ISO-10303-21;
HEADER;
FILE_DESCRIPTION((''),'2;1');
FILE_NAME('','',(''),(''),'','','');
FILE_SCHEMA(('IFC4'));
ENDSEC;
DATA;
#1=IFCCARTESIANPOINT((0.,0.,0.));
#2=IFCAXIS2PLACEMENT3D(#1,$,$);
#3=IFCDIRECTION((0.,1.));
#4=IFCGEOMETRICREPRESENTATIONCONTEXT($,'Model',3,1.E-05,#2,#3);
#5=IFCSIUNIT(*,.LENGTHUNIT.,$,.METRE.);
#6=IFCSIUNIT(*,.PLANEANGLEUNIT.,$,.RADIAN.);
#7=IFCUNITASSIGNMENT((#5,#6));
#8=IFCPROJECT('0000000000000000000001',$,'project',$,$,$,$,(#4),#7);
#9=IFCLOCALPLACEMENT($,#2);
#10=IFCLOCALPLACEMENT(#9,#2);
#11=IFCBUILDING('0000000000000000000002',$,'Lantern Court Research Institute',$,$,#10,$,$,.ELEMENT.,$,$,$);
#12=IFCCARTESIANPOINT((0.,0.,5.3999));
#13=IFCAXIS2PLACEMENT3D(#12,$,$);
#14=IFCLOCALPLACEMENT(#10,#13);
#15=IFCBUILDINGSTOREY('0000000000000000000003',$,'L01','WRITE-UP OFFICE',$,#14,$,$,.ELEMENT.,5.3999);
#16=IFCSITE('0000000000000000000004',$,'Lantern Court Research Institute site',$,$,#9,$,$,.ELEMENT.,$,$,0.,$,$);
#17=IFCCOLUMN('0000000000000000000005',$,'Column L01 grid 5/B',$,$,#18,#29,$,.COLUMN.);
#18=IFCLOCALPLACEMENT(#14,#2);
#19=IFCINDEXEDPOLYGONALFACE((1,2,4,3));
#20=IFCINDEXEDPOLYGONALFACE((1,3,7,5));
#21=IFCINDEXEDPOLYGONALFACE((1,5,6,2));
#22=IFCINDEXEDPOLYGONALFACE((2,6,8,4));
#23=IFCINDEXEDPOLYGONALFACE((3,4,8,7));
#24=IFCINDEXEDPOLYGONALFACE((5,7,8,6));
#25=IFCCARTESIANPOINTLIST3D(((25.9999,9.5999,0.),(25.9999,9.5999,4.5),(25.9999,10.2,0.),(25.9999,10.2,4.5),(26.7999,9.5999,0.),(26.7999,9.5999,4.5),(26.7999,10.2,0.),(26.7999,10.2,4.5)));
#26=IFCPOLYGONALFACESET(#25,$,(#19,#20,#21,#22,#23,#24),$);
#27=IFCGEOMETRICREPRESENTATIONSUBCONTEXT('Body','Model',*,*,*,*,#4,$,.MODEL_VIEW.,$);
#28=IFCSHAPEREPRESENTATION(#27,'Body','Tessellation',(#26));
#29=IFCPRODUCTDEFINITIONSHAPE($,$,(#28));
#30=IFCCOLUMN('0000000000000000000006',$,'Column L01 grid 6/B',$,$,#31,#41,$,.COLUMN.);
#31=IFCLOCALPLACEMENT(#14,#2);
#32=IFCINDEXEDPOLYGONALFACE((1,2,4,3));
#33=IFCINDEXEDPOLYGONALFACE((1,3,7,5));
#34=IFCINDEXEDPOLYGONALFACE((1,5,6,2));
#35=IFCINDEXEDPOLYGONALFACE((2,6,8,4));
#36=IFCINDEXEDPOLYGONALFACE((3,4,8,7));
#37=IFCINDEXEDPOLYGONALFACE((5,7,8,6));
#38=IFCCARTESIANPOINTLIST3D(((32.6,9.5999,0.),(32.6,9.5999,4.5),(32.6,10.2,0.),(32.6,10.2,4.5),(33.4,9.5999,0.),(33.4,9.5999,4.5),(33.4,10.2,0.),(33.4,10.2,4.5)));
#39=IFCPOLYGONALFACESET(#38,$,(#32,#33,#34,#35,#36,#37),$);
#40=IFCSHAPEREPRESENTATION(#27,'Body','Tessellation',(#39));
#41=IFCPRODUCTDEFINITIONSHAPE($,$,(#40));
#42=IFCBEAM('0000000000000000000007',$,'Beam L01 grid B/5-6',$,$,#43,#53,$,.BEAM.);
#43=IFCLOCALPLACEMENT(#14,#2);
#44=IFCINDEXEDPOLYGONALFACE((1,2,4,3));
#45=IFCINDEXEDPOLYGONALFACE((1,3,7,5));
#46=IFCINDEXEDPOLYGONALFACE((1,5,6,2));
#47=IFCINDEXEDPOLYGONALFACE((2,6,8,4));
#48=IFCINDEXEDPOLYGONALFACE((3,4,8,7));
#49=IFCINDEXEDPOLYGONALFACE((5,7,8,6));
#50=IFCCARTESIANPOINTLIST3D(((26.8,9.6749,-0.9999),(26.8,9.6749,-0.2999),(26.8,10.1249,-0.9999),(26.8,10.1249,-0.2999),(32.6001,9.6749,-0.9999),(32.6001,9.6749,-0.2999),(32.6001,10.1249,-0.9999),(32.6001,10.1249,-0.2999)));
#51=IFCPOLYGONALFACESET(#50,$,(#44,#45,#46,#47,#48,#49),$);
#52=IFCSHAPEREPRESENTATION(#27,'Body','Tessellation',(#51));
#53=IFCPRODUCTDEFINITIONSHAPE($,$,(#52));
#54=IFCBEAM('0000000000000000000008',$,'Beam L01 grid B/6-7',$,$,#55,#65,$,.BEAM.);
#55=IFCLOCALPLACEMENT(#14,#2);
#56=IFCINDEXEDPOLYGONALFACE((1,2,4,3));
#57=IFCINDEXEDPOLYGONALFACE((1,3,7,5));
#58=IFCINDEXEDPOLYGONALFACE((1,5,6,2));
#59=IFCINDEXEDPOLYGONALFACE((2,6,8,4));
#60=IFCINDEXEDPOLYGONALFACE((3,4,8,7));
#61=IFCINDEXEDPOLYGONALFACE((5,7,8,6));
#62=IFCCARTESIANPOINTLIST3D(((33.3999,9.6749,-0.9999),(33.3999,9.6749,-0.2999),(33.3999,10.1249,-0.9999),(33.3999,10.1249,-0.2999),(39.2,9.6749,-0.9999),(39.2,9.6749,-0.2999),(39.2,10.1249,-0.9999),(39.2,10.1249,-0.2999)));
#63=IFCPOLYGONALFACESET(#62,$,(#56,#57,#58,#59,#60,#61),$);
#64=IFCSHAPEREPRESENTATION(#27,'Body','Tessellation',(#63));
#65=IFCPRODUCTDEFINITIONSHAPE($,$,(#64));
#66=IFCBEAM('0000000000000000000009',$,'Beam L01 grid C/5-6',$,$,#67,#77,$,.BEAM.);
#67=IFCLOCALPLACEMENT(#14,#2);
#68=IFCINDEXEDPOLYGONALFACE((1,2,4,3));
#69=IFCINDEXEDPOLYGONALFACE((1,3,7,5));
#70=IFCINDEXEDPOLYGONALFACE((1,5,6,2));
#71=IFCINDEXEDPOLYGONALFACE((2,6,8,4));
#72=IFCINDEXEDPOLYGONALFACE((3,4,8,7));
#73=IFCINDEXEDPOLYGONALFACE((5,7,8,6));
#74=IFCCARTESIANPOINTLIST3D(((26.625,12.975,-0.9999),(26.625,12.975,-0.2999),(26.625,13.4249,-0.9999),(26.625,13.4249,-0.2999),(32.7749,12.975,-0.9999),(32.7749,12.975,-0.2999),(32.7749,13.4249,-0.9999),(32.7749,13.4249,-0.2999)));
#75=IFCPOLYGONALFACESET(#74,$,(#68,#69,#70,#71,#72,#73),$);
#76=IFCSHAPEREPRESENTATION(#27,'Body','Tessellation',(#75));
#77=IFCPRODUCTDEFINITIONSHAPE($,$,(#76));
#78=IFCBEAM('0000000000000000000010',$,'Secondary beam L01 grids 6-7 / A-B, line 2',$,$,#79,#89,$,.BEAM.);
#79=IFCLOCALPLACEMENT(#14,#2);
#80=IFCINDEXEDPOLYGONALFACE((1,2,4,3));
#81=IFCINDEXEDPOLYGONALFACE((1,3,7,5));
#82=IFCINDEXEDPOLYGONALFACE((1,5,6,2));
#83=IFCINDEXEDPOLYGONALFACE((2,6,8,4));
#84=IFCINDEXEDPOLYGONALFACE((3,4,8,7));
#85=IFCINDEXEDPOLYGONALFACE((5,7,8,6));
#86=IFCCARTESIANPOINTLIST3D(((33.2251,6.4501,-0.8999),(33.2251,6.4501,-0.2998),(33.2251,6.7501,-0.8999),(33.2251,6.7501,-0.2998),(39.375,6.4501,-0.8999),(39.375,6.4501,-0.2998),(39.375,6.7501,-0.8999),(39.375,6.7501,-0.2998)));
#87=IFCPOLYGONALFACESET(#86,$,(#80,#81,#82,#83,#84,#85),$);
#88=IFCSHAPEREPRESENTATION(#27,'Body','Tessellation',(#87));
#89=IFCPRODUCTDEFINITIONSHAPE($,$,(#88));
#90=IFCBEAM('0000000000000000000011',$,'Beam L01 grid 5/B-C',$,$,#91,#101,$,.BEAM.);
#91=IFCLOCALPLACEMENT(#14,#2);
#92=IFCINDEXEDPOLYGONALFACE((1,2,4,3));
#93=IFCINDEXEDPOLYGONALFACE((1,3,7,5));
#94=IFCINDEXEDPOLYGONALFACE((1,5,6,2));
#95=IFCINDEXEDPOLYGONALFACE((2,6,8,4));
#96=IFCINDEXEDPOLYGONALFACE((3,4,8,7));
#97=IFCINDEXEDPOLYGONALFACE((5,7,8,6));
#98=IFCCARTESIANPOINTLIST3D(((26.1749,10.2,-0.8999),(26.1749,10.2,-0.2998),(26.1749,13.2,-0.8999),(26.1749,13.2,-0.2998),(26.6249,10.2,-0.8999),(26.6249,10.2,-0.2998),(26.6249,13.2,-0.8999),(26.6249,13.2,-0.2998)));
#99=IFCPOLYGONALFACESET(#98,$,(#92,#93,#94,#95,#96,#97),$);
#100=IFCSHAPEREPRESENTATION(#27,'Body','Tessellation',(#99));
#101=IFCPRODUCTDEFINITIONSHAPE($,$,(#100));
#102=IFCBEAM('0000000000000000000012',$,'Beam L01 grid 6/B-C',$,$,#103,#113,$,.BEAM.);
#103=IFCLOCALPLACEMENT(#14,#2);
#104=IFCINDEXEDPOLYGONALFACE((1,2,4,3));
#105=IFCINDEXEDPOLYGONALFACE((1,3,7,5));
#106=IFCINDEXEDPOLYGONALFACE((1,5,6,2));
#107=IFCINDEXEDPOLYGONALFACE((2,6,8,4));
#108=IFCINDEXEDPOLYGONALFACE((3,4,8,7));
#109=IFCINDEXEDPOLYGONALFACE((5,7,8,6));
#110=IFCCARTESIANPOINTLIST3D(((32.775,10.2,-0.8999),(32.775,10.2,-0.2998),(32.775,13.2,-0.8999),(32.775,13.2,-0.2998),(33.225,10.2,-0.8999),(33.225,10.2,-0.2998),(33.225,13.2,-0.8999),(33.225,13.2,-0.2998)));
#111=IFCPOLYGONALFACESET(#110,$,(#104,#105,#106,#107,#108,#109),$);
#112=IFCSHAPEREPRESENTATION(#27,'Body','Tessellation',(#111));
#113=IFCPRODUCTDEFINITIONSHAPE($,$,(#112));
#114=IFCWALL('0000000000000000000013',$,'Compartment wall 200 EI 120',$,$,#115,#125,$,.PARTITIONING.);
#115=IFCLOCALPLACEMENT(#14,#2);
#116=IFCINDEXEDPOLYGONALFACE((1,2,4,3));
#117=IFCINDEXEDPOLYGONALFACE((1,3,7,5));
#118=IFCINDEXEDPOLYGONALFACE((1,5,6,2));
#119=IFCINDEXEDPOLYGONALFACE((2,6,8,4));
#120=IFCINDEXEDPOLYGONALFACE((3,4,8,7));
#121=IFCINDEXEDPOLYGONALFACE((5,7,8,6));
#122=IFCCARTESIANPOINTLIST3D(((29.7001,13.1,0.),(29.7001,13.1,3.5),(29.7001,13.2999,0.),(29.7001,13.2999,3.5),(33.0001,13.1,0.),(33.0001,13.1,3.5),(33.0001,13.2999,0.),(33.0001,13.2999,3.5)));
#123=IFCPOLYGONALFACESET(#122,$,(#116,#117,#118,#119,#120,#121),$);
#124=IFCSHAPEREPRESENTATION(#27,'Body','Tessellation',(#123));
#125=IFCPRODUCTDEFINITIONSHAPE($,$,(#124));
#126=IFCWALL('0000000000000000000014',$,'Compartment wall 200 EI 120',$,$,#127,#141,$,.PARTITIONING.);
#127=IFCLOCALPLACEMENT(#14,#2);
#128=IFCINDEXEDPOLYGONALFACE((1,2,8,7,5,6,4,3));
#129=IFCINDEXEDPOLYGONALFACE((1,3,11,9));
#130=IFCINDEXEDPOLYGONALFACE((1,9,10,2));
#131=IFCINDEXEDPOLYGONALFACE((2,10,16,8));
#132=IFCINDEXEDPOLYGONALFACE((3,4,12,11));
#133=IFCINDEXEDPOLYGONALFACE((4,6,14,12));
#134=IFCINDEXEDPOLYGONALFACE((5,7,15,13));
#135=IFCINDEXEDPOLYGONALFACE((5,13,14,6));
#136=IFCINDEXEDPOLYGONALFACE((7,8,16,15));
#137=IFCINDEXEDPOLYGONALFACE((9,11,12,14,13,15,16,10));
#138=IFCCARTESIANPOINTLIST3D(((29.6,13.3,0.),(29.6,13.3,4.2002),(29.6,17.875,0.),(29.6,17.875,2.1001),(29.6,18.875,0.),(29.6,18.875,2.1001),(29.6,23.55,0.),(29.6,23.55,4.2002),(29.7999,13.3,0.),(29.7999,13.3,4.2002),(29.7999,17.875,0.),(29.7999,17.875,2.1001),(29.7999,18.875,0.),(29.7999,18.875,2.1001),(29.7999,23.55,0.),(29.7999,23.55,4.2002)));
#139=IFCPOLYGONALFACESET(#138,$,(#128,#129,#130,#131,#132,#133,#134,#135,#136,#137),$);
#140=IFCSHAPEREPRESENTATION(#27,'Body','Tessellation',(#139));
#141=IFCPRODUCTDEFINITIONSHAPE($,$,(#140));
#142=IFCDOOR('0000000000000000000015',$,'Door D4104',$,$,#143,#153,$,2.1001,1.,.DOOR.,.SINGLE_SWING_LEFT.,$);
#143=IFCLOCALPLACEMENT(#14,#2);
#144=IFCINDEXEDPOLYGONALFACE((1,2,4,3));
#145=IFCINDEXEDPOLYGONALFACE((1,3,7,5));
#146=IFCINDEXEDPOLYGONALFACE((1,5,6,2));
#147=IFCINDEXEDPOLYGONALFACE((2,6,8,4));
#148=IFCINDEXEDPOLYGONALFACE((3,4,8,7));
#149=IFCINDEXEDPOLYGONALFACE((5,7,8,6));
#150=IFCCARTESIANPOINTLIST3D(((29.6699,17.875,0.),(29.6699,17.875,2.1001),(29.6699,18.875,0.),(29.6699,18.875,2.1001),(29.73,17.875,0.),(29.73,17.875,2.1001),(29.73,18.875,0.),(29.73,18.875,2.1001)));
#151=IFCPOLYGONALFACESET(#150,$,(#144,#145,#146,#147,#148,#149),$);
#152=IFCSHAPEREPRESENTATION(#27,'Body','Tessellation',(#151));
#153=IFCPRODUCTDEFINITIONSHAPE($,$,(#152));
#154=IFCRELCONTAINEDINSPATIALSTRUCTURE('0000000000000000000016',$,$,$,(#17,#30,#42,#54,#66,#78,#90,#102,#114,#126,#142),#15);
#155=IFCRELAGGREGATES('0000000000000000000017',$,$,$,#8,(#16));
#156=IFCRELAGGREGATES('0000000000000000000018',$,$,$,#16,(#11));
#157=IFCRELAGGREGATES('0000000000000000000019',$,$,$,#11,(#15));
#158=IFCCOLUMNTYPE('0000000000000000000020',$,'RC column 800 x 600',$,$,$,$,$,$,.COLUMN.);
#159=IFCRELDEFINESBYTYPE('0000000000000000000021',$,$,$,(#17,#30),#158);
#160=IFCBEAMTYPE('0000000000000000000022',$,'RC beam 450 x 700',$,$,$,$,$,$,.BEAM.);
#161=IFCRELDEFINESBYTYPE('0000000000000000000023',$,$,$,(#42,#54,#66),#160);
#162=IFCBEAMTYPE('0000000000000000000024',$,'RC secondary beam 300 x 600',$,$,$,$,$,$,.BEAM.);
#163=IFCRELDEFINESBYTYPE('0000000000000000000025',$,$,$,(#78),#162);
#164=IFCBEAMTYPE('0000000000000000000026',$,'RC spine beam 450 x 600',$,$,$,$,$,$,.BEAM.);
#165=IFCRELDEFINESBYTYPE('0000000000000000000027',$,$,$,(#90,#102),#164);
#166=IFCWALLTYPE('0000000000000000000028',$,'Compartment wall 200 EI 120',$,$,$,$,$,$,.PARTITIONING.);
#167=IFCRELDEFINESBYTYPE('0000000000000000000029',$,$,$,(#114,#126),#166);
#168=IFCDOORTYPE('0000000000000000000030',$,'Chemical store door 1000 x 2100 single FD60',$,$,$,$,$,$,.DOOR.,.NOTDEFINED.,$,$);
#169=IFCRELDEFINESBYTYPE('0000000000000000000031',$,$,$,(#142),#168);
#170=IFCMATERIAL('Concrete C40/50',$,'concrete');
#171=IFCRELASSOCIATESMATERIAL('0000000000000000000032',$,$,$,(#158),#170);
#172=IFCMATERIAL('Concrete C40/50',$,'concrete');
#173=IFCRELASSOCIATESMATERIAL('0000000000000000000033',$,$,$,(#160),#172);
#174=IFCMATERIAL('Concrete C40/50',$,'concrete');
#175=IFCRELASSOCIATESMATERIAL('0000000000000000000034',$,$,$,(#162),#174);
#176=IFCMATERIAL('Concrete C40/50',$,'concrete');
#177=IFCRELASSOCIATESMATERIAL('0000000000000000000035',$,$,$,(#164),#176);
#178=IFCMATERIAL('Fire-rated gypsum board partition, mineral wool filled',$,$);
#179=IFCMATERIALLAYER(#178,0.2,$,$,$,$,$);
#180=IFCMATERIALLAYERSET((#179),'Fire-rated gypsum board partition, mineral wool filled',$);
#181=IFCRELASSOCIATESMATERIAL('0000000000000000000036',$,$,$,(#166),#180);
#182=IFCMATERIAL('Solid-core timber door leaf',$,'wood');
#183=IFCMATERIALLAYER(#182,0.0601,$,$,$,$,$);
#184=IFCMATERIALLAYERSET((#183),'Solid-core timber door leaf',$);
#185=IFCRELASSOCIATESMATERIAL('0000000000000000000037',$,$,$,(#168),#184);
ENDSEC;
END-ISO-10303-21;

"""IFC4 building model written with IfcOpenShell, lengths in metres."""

from ifc_helpers import new_model, si_unit, direction, frame, frame_2d, origin, origin_2d, place, context, subcontext, project, spatial, rectangle, extrude, material, layer, layer_set, material_profile, profile_set, type_object, element, fill, save


model = new_model("IFC4")

# Units and contexts
model_context = context("Model", 3, precision=1e-05, world=origin(), true_north=direction((0.0, 1.0)))
body_context = subcontext(model_context, "Body", "Model", "MODEL_VIEW")
ifc_project = project(units=[si_unit("LENGTHUNIT", "METRE"), si_unit("PLANEANGLEUNIT", "RADIAN")], contexts=[model_context])

# Site, building, storey
site_placement = place(None, origin())
site = spatial("IfcSite", under=ifc_project, at=site_placement, Name="Lantern Court Research Institute site", CompositionType="ELEMENT", RefElevation=0.0)
building_placement = place(site_placement, origin())
building = spatial("IfcBuilding", under=site, at=building_placement, Name="Lantern Court Research Institute", CompositionType="ELEMENT")
storey_placement = place(building_placement, frame((0.0, 0.0, 5.3999)))
storey = spatial("IfcBuildingStorey", under=building, at=storey_placement, Name="L01", Description="WRITE-UP OFFICE", CompositionType="ELEMENT", Elevation=5.3999)

# Columns
ifc_material_1 = material(Name="Concrete C40/50", Category="concrete")
ifc_material_profile_1 = material_profile(ifc_material_1, rectangle(XDim=0.8, YDim=0.6001, at=origin_2d()), Name="RC column 800 x 600")
ifc_profile_set_1 = profile_set([ifc_material_profile_1], Name="Concrete C40/50")
column_type = type_object("IfcColumnType", Name="RC column 800 x 600", PredefinedType="COLUMN", material=ifc_profile_set_1)
for number, where, z_axis, x_axis, name in (
    (1, (26.3999, 9.8999, 0.0), (0.0, 0.0, 1.0), (1.0, 0.0, 0.0), "Column L01 grid 5/B"),
    (2, (33.0, 9.8999, 0.0), (0.0, 0.0, 1.0), (1.0, 0.0, 0.0), "Column L01 grid 6/B"),
):
    element("IfcColumn", number, at=place(storey_placement, frame(where, z_axis=z_axis, x_axis=x_axis)), inside=storey, type_object=column_type, Name=name, PredefinedType="COLUMN", context=body_context, shape_type="SweptSolid", body=[
        extrude(rectangle(XDim=0.8, YDim=0.6001, at=origin_2d()), origin(), (0.0, 0.0, 1.0), 4.5),
    ])

# Beams
ifc_material_2 = material(Name="Concrete C40/50", Category="concrete")
ifc_material_profile_2 = material_profile(ifc_material_2, rectangle(XDim=0.45, YDim=0.7, at=origin_2d()), Name="RC beam 450 x 700")
ifc_profile_set_2 = profile_set([ifc_material_profile_2], Name="Concrete C40/50")
beam_type_1 = type_object("IfcBeamType", Name="RC beam 450 x 700", PredefinedType="BEAM", material=ifc_profile_set_2)
for number, where, z_axis, x_axis, name in (
    (3, (26.8, 9.8999, -0.6499), (1.0, 0.0, 0.0), (0.0, 1.0, 0.0), "Beam L01 grid B/5-6"),
    (4, (33.3999, 9.8999, -0.6499), (1.0, 0.0, 0.0), (0.0, 1.0, 0.0), "Beam L01 grid B/6-7"),
):
    element("IfcBeam", number, at=place(storey_placement, frame(where, z_axis=z_axis, x_axis=x_axis)), inside=storey, type_object=beam_type_1, Name=name, PredefinedType="BEAM", context=body_context, shape_type="SweptSolid", body=[
        extrude(rectangle(XDim=0.45, YDim=0.7, at=origin_2d()), origin(), (0.0, 0.0, 1.0), 5.8),
    ])
beam_1_placement = place(storey_placement, frame((26.625, 13.2, -0.6499), z_axis=(1.0, 0.0, 0.0), x_axis=(0.0, 1.0, 0.0)))
element("IfcBeam", 5, at=beam_1_placement, inside=storey, type_object=beam_type_1, Name="Beam L01 grid C/5-6", PredefinedType="BEAM", context=body_context, shape_type="SweptSolid", body=[
    extrude(rectangle(XDim=0.45, YDim=0.7, at=origin_2d()), origin(), (0.0, 0.0, 1.0), 6.1499),
])
ifc_material_3 = material(Name="Concrete C40/50", Category="concrete")
ifc_material_profile_3 = material_profile(ifc_material_3, rectangle(XDim=0.3, YDim=0.6001, at=origin_2d()), Name="RC beam 300 x 600")
ifc_profile_set_3 = profile_set([ifc_material_profile_3], Name="Concrete C40/50")
beam_type_2 = type_object("IfcBeamType", Name="RC secondary beam 300 x 600", PredefinedType="BEAM", material=ifc_profile_set_3)
beam_2_placement = place(storey_placement, frame((33.2251, 6.6001, -0.5999), z_axis=(1.0, 0.0, 0.0), x_axis=(0.0, 1.0, 0.0)))
element("IfcBeam", 6, at=beam_2_placement, inside=storey, type_object=beam_type_2, Name="Secondary beam L01 grids 6-7 / A-B, line 2", PredefinedType="BEAM", context=body_context, shape_type="SweptSolid", body=[
    extrude(rectangle(XDim=0.3, YDim=0.6001, at=origin_2d()), origin(), (0.0, 0.0, 1.0), 6.1499),
])
ifc_material_4 = material(Name="Concrete C40/50", Category="concrete")
ifc_material_profile_4 = material_profile(ifc_material_4, rectangle(XDim=0.45, YDim=0.6001, at=origin_2d()), Name="RC beam 450 x 600")
ifc_profile_set_4 = profile_set([ifc_material_profile_4], Name="Concrete C40/50")
beam_type_3 = type_object("IfcBeamType", Name="RC spine beam 450 x 600", PredefinedType="BEAM", material=ifc_profile_set_4)
for number, where, z_axis, x_axis, name in (
    (7, (26.3999, 10.2, -0.5999), (0.0, 1.0, 0.0), (-1.0, 0.0, 0.0), "Beam L01 grid 5/B-C"),
    (8, (33.0, 10.2, -0.5999), (0.0, 1.0, 0.0), (-1.0, 0.0, 0.0), "Beam L01 grid 6/B-C"),
):
    element("IfcBeam", number, at=place(storey_placement, frame(where, z_axis=z_axis, x_axis=x_axis)), inside=storey, type_object=beam_type_3, Name=name, PredefinedType="BEAM", context=body_context, shape_type="SweptSolid", body=[
        extrude(rectangle(XDim=0.45, YDim=0.6001, at=origin_2d()), origin(), (0.0, 0.0, 1.0), 3.0),
    ])

# Wall
ifc_material_5 = material(Name="Fire-rated gypsum board partition, mineral wool filled")
ifc_layer_1 = layer(ifc_material_5, 0.2)
ifc_layer_set_1 = layer_set([ifc_layer_1], Name="Fire-rated gypsum board partition, mineral wool filled")
wall_type_1 = type_object("IfcWallType", Name="Compartment wall 200 EI 120", PredefinedType="PARTITIONING", material=ifc_layer_set_1)
wall_1_placement = place(storey_placement, frame((33.0, 13.2, 0.0), z_axis=(0.0, 0.0, 1.0), x_axis=(-1.0, 0.0, 0.0)))
element("IfcWall", 9, at=wall_1_placement, inside=storey, type_object=wall_type_1, Name="Compartment wall 200 EI 120", PredefinedType="PARTITIONING", context=body_context, shape_type="SweptSolid", body=[
    extrude(rectangle(XDim=3.3, YDim=0.2, at=frame_2d((1.6499, 0.0))), origin(), (0.0, 0.0, 1.0), 3.5),
])

# Wall, opening, door
wall_2_placement = place(storey_placement, frame((29.7, 13.3, 0.0), z_axis=(0.0, 0.0, 1.0), x_axis=(0.0, 1.0, 0.0)))
wall_2 = element("IfcWall", 10, at=wall_2_placement, inside=storey, type_object=wall_type_1, Name="Compartment wall 200 EI 120", PredefinedType="PARTITIONING", context=body_context, shape_type="SweptSolid", body=[
    extrude(rectangle(XDim=10.25, YDim=0.2, at=frame_2d((5.125, 0.0))), origin(), (0.0, 0.0, 1.0), 4.2002),
])
opening_1_placement = place(wall_2_placement, frame((4.575, 0.0, 0.0)))
opening_1 = element("IfcOpeningElement", 11, at=opening_1_placement, cuts=wall_2, PredefinedType="OPENING", context=body_context, shape_type="SweptSolid", body=[
    extrude(rectangle(XDim=1.0, YDim=2.1001, at=frame_2d((0.5, 1.05))), frame((0.0, 0.1099, 0.0), z_axis=(0.0, -1.0, 0.0), x_axis=(1.0, 0.0, 0.0)), (0.0, 0.0, 1.0), 0.22),
])
ifc_material_6 = material(Name="Solid-core timber door leaf", Category="wood")
ifc_layer_2 = layer(ifc_material_6, 0.0601)
ifc_layer_set_2 = layer_set([ifc_layer_2], Name="Solid-core timber door leaf")
door_type_1 = type_object("IfcDoorType", Name="Chemical store door 1000 x 2100 single FD60", OperationType="NOTDEFINED", PredefinedType="DOOR", material=ifc_layer_set_2)
door_1_placement = place(opening_1_placement, origin())
door_1 = element("IfcDoor", 12, at=door_1_placement, inside=storey, type_object=door_type_1, Name="Door D4104", OperationType="SINGLE_SWING_LEFT", OverallHeight=2.1001, OverallWidth=1.0, PredefinedType="DOOR", context=body_context, shape_type="SweptSolid", body=[
    extrude(rectangle(XDim=1.0, YDim=2.1001, at=frame_2d((0.5, 1.05))), frame((0.0, 0.03, 0.0), z_axis=(0.0, -1.0, 0.0), x_axis=(1.0, 0.0, 0.0)), (0.0, 0.0, 1.0), 0.0601),
])
fill(opening_1, door_1)

save(model, "model.ifc")
